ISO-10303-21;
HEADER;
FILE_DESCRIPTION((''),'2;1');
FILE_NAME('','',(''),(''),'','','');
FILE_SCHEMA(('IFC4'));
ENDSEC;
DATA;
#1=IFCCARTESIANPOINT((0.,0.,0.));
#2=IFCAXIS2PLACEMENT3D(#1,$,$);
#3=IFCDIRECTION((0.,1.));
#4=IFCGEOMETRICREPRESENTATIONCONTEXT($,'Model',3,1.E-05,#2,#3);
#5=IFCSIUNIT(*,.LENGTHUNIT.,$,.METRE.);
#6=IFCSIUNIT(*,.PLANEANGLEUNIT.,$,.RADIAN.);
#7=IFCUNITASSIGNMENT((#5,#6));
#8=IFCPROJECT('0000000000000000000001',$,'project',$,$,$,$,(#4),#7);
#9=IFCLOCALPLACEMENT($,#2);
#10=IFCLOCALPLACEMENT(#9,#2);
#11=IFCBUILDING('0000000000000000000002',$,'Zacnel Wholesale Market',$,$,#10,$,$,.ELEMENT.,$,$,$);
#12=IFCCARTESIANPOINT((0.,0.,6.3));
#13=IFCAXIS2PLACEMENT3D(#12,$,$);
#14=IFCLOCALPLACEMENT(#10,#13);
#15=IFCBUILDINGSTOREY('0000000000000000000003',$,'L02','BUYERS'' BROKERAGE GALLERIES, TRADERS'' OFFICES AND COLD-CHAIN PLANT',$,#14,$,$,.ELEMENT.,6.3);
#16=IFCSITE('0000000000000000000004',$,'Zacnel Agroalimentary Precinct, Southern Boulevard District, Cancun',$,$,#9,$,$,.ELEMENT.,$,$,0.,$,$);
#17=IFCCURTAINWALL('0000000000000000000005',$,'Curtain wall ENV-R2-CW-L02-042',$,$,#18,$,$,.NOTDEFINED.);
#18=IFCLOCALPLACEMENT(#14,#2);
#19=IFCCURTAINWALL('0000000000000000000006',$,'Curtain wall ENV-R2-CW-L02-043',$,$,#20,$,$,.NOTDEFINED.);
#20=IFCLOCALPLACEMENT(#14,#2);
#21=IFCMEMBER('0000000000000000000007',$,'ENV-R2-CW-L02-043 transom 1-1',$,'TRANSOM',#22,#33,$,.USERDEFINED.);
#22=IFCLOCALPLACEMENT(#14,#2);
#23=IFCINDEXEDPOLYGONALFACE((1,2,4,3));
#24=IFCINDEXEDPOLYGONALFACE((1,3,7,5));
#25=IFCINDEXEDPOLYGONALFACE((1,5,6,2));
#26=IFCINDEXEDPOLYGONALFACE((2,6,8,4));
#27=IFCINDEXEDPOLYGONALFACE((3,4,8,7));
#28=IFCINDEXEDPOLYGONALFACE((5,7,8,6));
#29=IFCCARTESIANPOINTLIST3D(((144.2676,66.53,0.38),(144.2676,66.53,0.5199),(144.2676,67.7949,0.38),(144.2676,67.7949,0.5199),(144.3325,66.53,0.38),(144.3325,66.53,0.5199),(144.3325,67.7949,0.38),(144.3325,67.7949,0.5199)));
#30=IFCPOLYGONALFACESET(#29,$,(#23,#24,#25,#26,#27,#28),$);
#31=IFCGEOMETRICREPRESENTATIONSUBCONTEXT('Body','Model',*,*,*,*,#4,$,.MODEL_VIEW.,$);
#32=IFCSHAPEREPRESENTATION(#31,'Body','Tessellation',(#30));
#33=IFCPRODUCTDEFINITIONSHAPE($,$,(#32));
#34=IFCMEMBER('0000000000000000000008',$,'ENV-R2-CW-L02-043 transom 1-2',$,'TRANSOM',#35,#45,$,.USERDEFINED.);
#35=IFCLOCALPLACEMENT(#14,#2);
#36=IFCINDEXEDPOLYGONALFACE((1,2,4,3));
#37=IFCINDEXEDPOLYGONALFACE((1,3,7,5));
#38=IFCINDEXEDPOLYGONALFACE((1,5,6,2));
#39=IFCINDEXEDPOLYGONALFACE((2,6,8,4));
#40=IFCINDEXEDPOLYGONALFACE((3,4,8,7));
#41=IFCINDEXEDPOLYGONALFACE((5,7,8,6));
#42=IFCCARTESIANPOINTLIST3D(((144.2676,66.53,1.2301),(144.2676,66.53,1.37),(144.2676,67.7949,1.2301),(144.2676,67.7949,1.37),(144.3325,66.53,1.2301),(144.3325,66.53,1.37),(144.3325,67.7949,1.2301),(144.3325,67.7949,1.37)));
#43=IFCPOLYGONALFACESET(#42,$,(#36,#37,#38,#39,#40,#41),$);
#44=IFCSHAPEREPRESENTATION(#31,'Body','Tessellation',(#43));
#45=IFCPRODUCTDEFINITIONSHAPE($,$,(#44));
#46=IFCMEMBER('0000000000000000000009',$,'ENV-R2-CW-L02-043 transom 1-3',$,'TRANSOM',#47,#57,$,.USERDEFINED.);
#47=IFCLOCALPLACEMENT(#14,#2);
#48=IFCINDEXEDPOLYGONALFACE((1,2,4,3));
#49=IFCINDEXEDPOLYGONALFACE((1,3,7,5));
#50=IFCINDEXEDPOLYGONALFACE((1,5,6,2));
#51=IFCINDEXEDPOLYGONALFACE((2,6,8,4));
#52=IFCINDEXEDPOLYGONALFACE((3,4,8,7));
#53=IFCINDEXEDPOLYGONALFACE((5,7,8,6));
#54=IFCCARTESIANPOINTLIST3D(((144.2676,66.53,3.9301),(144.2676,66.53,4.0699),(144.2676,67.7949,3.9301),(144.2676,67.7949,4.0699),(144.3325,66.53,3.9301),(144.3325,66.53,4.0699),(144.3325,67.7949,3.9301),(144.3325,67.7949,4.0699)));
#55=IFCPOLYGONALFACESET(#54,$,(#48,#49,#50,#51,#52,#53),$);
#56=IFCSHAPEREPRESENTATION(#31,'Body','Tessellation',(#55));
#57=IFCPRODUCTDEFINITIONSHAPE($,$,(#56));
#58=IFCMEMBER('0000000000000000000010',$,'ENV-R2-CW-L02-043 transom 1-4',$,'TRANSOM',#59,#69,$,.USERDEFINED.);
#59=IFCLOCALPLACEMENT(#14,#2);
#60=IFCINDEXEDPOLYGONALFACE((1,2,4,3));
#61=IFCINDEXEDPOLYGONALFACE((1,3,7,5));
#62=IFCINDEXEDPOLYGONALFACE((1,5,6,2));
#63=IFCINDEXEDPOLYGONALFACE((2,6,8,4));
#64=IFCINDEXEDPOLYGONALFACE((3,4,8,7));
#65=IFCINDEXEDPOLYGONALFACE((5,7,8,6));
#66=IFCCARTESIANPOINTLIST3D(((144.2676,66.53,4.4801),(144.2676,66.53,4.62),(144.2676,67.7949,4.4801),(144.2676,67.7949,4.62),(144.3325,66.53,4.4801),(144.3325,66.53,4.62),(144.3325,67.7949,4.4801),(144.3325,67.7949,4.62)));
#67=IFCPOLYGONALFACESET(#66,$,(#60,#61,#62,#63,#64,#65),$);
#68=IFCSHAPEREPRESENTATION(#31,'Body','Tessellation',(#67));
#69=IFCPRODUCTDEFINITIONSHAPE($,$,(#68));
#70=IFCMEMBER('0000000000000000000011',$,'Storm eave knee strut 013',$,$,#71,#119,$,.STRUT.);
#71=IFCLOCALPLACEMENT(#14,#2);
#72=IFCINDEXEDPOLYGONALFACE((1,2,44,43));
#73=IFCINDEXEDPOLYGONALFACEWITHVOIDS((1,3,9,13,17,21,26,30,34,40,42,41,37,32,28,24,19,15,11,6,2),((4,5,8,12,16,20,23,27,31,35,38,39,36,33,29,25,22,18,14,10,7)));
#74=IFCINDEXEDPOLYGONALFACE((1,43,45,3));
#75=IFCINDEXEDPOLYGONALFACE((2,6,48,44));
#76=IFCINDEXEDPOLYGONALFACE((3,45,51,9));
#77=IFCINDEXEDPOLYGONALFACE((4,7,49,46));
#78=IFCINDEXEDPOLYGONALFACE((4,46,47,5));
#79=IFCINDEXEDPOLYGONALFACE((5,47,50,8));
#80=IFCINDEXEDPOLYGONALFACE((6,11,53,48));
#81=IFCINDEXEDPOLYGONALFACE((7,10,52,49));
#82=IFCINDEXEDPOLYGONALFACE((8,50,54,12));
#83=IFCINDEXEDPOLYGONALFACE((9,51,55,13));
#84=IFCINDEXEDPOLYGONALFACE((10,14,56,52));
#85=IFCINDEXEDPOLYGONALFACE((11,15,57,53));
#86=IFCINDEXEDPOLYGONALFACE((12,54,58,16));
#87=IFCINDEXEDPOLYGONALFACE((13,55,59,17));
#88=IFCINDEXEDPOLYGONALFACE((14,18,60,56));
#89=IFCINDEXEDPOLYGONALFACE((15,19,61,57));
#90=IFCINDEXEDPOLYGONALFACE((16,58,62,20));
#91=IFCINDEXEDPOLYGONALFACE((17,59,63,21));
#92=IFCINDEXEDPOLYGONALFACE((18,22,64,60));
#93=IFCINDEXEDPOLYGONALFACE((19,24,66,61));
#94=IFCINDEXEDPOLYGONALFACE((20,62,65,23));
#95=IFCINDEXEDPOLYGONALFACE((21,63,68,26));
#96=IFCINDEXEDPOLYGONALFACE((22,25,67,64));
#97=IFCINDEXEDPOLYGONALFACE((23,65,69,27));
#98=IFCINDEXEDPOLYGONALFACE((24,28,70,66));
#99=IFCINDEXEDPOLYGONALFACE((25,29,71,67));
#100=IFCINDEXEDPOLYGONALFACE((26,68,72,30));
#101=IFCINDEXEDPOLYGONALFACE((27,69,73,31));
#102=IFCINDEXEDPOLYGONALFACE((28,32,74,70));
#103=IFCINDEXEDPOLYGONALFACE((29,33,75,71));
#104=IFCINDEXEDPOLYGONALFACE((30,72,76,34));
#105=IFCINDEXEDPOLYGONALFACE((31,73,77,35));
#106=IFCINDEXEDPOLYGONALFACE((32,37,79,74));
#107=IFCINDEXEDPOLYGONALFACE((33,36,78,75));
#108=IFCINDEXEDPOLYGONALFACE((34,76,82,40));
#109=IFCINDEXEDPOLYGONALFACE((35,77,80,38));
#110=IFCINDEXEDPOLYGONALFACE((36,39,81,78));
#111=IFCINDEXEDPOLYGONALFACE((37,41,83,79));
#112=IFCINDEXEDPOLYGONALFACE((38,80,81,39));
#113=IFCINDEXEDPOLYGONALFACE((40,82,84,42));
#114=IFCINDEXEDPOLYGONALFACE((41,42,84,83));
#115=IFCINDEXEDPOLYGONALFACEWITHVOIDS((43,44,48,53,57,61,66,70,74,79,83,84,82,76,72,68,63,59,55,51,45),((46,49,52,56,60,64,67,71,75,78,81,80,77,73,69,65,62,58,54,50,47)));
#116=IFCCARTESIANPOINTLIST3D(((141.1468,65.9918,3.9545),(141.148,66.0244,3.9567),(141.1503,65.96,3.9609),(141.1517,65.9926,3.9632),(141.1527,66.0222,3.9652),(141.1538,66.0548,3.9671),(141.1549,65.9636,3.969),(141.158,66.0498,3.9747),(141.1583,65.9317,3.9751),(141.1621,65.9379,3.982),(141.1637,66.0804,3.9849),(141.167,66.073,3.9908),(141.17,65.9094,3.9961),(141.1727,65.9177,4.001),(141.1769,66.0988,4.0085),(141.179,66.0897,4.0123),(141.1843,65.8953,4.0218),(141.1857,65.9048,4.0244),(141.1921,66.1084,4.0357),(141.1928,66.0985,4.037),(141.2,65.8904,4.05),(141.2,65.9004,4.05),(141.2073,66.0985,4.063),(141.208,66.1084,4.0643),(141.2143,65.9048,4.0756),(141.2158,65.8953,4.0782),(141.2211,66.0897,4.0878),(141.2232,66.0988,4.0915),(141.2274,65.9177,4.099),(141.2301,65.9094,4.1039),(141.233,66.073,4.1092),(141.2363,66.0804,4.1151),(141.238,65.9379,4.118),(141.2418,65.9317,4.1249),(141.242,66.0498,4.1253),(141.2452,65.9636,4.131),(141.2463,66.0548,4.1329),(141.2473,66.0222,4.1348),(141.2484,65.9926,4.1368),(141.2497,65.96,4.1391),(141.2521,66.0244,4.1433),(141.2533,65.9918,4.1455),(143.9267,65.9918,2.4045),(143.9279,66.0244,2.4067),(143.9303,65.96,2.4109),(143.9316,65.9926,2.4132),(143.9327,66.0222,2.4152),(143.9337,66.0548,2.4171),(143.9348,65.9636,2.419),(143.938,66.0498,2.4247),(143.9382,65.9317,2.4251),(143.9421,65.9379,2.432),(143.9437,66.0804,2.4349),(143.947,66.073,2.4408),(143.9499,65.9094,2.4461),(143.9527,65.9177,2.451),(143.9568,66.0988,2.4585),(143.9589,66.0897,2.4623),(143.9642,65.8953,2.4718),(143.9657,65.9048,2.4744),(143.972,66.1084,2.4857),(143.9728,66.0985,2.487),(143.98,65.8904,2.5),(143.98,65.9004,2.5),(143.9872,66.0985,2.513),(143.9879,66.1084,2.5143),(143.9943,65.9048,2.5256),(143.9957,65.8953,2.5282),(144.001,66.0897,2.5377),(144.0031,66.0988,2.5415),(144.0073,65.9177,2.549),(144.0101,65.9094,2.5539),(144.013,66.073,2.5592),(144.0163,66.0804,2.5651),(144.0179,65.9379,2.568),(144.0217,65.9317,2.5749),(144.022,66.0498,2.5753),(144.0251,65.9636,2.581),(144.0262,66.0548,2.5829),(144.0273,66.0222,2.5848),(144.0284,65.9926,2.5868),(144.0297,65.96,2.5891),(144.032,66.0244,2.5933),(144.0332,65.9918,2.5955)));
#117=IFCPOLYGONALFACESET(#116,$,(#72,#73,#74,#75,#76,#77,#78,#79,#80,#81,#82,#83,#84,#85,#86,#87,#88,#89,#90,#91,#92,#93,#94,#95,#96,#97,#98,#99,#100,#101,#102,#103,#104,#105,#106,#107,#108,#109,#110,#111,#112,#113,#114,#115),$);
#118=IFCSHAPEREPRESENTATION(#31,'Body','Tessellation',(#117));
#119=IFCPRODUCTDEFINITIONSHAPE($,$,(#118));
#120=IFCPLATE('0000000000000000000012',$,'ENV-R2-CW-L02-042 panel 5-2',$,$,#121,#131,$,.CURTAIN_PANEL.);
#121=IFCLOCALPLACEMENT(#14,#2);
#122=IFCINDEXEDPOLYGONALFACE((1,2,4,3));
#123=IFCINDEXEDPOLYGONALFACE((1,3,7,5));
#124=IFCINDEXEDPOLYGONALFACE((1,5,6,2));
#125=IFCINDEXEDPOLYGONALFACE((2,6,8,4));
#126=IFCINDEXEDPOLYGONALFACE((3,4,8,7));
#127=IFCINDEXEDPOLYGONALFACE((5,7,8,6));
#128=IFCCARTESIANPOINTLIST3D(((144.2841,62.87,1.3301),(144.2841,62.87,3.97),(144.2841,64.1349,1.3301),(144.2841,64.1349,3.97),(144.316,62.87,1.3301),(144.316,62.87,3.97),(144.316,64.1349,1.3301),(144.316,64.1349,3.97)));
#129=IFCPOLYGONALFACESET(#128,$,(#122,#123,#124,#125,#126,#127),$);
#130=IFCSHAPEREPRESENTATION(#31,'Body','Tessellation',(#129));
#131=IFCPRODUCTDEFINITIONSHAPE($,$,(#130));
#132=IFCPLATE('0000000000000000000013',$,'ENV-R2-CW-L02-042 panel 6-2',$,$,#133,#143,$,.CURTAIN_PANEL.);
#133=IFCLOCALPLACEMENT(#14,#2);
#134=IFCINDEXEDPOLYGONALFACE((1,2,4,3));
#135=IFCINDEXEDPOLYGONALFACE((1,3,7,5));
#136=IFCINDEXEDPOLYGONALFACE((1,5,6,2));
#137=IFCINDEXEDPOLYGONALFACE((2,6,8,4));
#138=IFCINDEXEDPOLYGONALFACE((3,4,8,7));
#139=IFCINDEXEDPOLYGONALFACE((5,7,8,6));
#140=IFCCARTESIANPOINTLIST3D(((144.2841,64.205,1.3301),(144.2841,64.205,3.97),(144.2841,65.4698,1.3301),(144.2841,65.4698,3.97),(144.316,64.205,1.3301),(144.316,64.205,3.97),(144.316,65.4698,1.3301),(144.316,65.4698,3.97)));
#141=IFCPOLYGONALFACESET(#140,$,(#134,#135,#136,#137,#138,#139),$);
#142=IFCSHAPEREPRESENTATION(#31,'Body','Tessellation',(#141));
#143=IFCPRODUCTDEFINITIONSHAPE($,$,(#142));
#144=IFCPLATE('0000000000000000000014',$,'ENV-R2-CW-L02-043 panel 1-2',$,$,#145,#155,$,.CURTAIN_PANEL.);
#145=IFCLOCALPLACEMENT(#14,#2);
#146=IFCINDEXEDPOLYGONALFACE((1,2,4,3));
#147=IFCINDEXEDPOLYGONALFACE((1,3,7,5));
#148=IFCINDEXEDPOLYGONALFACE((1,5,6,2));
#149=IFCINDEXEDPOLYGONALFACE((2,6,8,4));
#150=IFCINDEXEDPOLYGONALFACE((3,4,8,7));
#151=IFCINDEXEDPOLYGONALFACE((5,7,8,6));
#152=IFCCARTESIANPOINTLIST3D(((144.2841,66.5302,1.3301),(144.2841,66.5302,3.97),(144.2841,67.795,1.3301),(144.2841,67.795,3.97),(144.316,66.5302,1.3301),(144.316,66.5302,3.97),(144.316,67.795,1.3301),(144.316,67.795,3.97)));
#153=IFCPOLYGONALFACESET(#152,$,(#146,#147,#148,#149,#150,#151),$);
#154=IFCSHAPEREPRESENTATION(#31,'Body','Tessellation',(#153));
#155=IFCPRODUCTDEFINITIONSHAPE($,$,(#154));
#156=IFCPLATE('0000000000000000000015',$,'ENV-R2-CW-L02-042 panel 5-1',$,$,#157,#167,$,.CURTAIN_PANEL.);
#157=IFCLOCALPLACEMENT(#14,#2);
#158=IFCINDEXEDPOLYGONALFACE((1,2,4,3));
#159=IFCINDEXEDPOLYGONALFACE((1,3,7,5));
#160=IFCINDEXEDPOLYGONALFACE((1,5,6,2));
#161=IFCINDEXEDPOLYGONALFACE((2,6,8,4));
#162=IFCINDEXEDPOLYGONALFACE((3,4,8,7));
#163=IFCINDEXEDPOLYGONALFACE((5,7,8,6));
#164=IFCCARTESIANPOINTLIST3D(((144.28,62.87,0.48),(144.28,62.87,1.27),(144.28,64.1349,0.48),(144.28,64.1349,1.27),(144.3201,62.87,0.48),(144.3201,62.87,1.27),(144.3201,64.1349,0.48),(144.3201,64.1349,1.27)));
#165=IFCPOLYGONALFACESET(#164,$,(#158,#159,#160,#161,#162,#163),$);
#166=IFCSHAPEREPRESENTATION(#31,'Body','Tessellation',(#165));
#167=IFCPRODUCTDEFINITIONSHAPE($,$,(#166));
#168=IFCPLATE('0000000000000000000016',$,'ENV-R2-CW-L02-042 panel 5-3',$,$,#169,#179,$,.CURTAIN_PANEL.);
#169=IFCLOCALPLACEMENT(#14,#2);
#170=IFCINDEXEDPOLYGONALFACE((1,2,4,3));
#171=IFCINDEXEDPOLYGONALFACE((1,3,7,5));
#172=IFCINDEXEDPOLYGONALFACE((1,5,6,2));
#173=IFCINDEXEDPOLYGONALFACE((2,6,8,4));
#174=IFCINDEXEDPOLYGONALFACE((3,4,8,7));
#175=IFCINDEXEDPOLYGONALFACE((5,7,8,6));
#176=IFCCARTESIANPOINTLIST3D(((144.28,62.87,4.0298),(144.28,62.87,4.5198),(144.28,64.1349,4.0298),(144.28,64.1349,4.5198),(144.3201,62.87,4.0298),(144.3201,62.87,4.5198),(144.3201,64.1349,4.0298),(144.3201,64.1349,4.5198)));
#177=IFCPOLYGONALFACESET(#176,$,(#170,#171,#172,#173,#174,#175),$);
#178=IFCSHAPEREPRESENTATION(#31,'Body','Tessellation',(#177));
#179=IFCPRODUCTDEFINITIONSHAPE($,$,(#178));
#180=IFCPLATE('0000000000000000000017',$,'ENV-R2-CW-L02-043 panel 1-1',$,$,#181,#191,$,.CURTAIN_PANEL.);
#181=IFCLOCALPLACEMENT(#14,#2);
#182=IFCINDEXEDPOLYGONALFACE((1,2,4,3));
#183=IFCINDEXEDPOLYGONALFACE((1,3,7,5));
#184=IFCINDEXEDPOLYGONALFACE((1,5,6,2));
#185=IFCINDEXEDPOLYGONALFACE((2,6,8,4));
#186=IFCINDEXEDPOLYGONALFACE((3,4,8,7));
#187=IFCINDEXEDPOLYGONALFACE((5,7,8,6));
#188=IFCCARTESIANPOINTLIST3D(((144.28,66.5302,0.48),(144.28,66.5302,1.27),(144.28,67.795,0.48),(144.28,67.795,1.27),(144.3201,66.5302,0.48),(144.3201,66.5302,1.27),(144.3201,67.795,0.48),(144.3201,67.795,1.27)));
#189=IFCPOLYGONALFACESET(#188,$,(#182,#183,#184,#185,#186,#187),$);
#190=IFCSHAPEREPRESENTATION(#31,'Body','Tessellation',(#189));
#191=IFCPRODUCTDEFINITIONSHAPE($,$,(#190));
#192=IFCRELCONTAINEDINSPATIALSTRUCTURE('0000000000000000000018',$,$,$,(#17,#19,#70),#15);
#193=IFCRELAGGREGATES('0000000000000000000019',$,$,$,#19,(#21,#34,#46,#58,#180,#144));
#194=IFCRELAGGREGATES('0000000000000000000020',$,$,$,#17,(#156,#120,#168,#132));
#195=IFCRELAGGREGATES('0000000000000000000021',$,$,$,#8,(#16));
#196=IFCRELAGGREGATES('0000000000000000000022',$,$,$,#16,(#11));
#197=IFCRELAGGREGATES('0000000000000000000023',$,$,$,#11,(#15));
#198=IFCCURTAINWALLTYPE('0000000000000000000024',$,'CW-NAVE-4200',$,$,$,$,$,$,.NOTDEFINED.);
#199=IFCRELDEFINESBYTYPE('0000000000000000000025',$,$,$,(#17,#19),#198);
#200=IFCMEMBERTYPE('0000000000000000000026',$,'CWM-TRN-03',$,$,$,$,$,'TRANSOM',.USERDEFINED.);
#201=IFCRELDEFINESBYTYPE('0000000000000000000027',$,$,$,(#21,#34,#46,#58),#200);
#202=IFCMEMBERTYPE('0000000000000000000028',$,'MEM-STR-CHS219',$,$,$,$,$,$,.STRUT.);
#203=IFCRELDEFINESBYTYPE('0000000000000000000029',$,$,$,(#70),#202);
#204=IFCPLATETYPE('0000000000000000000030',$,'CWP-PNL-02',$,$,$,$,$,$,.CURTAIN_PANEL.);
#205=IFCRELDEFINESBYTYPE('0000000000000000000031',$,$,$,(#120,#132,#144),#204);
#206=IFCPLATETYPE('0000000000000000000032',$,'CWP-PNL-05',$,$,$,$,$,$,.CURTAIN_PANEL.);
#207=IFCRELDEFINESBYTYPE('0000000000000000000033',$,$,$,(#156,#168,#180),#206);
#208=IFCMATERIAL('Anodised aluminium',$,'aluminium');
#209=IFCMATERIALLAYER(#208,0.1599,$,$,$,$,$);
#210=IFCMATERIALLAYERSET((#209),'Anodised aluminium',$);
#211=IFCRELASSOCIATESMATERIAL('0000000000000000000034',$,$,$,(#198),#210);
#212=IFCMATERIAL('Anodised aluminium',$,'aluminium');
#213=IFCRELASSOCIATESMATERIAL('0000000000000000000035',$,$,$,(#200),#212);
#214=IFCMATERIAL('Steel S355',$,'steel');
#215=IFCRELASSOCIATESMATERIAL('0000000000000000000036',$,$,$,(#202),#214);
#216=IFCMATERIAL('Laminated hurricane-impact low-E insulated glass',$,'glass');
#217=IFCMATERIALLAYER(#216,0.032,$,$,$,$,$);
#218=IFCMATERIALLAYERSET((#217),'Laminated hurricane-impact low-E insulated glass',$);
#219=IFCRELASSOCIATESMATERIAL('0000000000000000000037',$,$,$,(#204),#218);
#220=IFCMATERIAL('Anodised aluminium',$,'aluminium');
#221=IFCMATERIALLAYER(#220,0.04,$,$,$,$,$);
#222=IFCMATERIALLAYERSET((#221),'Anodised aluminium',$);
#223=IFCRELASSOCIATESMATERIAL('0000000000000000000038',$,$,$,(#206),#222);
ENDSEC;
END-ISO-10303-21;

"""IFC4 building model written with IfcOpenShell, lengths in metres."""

from ifc_helpers import new_model, si_unit, direction, frame, origin, origin_2d, place, context, subcontext, project, spatial, rectangle, hollow_circle, extrude, material, layer, layer_set, material_profile, profile_set, type_object, element, aggregate, save


model = new_model("IFC4")

# Units and contexts
model_context = context("Model", 3, precision=1e-05, world=origin(), true_north=direction((0.0, 1.0)))
body_context = subcontext(model_context, "Body", "Model", "MODEL_VIEW")
ifc_project = project(units=[si_unit("LENGTHUNIT", "METRE"), si_unit("PLANEANGLEUNIT", "RADIAN")], contexts=[model_context])

# Site, building, storey
site_placement = place(None, origin())
site = spatial("IfcSite", under=ifc_project, at=site_placement, Name="Zacnel Agroalimentary Precinct, Southern Boulevard District, Cancun", CompositionType="ELEMENT", RefElevation=0.0)
building_placement = place(site_placement, origin())
building = spatial("IfcBuilding", under=site, at=building_placement, Name="Zacnel Wholesale Market", CompositionType="ELEMENT")
storey_placement = place(building_placement, frame((0.0, 0.0, 6.3)))
storey = spatial("IfcBuildingStorey", under=building, at=storey_placement, Name="L02", Description="BUYERS' BROKERAGE GALLERIES, TRADERS' OFFICES AND COLD-CHAIN PLANT", CompositionType="ELEMENT", Elevation=6.3)

# Curtain walls
ifc_material_1 = material(Name="Anodised aluminium", Category="aluminium")
ifc_layer_1 = layer(ifc_material_1, 0.1599)
ifc_layer_set_1 = layer_set([ifc_layer_1], Name="Anodised aluminium")
curtain_wall_type = type_object("IfcCurtainWallType", Name="CW-NAVE-4200", PredefinedType="NOTDEFINED", material=ifc_layer_set_1)
curtain_wall_1_placement = place(storey_placement, origin())
curtain_wall_1 = element("IfcCurtainWall", 1, at=curtain_wall_1_placement, inside=storey, type_object=curtain_wall_type, Name="Curtain wall ENV-R2-CW-L02-042", PredefinedType="NOTDEFINED")
curtain_wall_2_placement = place(storey_placement, origin())
curtain_wall_2 = element("IfcCurtainWall", 2, at=curtain_wall_2_placement, inside=storey, type_object=curtain_wall_type, Name="Curtain wall ENV-R2-CW-L02-043", PredefinedType="NOTDEFINED")

# Members
ifc_material_2 = material(Name="Anodised aluminium", Category="aluminium")
ifc_material_profile_1 = material_profile(ifc_material_2, rectangle(XDim=0.0649, YDim=0.1399, at=origin_2d()), Name="AW-TRANSOM 65x140")
ifc_profile_set_1 = profile_set([ifc_material_profile_1], Name="Anodised aluminium")
member_type_1 = type_object("IfcMemberType", Name="CWM-TRN-03", ElementType="TRANSOM", PredefinedType="USERDEFINED", material=ifc_profile_set_1)
member_1_placement = place(storey_placement, frame((144.3, 66.53, 0.45), z_axis=(0.0, 1.0, 0.0), x_axis=(-1.0, 0.0, 0.0)))
member_1 = element("IfcMember", 3, at=member_1_placement, type_object=member_type_1, Name="ENV-R2-CW-L02-043 transom 1-1", ObjectType="TRANSOM", PredefinedType="USERDEFINED", context=body_context, shape_type="SweptSolid", body=[
    extrude(rectangle(XDim=0.0649, YDim=0.1399, at=origin_2d()), origin(), (0.0, 0.0, 1.0), 1.2649),
])
member_2_placement = place(storey_placement, frame((144.3, 66.53, 1.3), z_axis=(0.0, 1.0, 0.0), x_axis=(-1.0, 0.0, 0.0)))
member_2 = element("IfcMember", 4, at=member_2_placement, type_object=member_type_1, Name="ENV-R2-CW-L02-043 transom 1-2", ObjectType="TRANSOM", PredefinedType="USERDEFINED", context=body_context, shape_type="SweptSolid", body=[
    extrude(rectangle(XDim=0.0649, YDim=0.1399, at=origin_2d()), origin(), (0.0, 0.0, 1.0), 1.2649),
])
member_3_placement = place(storey_placement, frame((144.3, 66.53, 4.0), z_axis=(0.0, 1.0, 0.0), x_axis=(-1.0, 0.0, 0.0)))
member_3 = element("IfcMember", 5, at=member_3_placement, type_object=member_type_1, Name="ENV-R2-CW-L02-043 transom 1-3", ObjectType="TRANSOM", PredefinedType="USERDEFINED", context=body_context, shape_type="SweptSolid", body=[
    extrude(rectangle(XDim=0.0649, YDim=0.1399, at=origin_2d()), origin(), (0.0, 0.0, 1.0), 1.2649),
])
member_4_placement = place(storey_placement, frame((144.3, 66.53, 4.55), z_axis=(0.0, 1.0, 0.0), x_axis=(-1.0, 0.0, 0.0)))
member_4 = element("IfcMember", 6, at=member_4_placement, type_object=member_type_1, Name="ENV-R2-CW-L02-043 transom 1-4", ObjectType="TRANSOM", PredefinedType="USERDEFINED", context=body_context, shape_type="SweptSolid", body=[
    extrude(rectangle(XDim=0.0649, YDim=0.1399, at=origin_2d()), origin(), (0.0, 0.0, 1.0), 1.2649),
])
ifc_material_3 = material(Name="Steel S355", Category="steel")
ifc_material_profile_2 = material_profile(ifc_material_3, hollow_circle(Radius=0.1096, WallThickness=0.01, at=origin_2d()), Name="CHS 219.1x10")
ifc_profile_set_2 = profile_set([ifc_material_profile_2], Name="Steel S355")
member_type_2 = type_object("IfcMemberType", Name="MEM-STR-CHS219", PredefinedType="STRUT", material=ifc_profile_set_2)
member_5_placement = place(storey_placement, frame((143.98, 66.0, 2.5), z_axis=(-0.873411, 0.0, 0.486984), x_axis=(0.0, -1.0, 0.0)))
element("IfcMember", 7, at=member_5_placement, inside=storey, type_object=member_type_2, Name="Storm eave knee strut 013", PredefinedType="STRUT", context=body_context, shape_type="SweptSolid", body=[
    extrude(hollow_circle(Radius=0.1096, WallThickness=0.01, at=origin_2d()), origin(), (0.0, 0.0, 1.0), 3.1829),
])

# Plates
ifc_material_4 = material(Name="Laminated hurricane-impact low-E insulated glass", Category="glass")
ifc_layer_2 = layer(ifc_material_4, 0.032)
ifc_layer_set_2 = layer_set([ifc_layer_2], Name="Laminated hurricane-impact low-E insulated glass")
plate_type_1 = type_object("IfcPlateType", Name="CWP-PNL-02", PredefinedType="CURTAIN_PANEL", material=ifc_layer_set_2)
plate_1_placement = place(storey_placement, frame((144.3, 63.5024, 1.3301), z_axis=(0.0, 0.0, 1.0), x_axis=(0.0, 1.0, 0.0)))
plate_1 = element("IfcPlate", 8, at=plate_1_placement, type_object=plate_type_1, Name="ENV-R2-CW-L02-042 panel 5-2", PredefinedType="CURTAIN_PANEL", context=body_context, shape_type="SweptSolid", body=[
    extrude(rectangle(XDim=1.2649, YDim=0.032, at=origin_2d()), origin(), (0.0, 0.0, 1.0), 2.6399),
])
plate_2_placement = place(storey_placement, frame((144.3, 64.8374, 1.3301), z_axis=(0.0, 0.0, 1.0), x_axis=(0.0, 1.0, 0.0)))
plate_2 = element("IfcPlate", 9, at=plate_2_placement, type_object=plate_type_1, Name="ENV-R2-CW-L02-042 panel 6-2", PredefinedType="CURTAIN_PANEL", context=body_context, shape_type="SweptSolid", body=[
    extrude(rectangle(XDim=1.2649, YDim=0.032, at=origin_2d()), origin(), (0.0, 0.0, 1.0), 2.6399),
])
plate_3_placement = place(storey_placement, frame((144.3, 67.1626, 1.3301), z_axis=(0.0, 0.0, 1.0), x_axis=(0.0, 1.0, 0.0)))
plate_3 = element("IfcPlate", 10, at=plate_3_placement, type_object=plate_type_1, Name="ENV-R2-CW-L02-043 panel 1-2", PredefinedType="CURTAIN_PANEL", context=body_context, shape_type="SweptSolid", body=[
    extrude(rectangle(XDim=1.2649, YDim=0.032, at=origin_2d()), origin(), (0.0, 0.0, 1.0), 2.6399),
])
ifc_material_5 = material(Name="Anodised aluminium", Category="aluminium")
ifc_layer_3 = layer(ifc_material_5, 0.04)
ifc_layer_set_3 = layer_set([ifc_layer_3], Name="Anodised aluminium")
plate_type_2 = type_object("IfcPlateType", Name="CWP-PNL-05", PredefinedType="CURTAIN_PANEL", material=ifc_layer_set_3)
plate_4_placement = place(storey_placement, frame((144.3, 63.5024, 0.48), z_axis=(0.0, 0.0, 1.0), x_axis=(0.0, 1.0, 0.0)))
plate_4 = element("IfcPlate", 11, at=plate_4_placement, type_object=plate_type_2, Name="ENV-R2-CW-L02-042 panel 5-1", PredefinedType="CURTAIN_PANEL", context=body_context, shape_type="SweptSolid", body=[
    extrude(rectangle(XDim=1.2649, YDim=0.04, at=origin_2d()), origin(), (0.0, 0.0, 1.0), 0.79),
])
plate_5_placement = place(storey_placement, frame((144.3, 63.5024, 4.0298), z_axis=(0.0, 0.0, 1.0), x_axis=(0.0, 1.0, 0.0)))
plate_5 = element("IfcPlate", 12, at=plate_5_placement, type_object=plate_type_2, Name="ENV-R2-CW-L02-042 panel 5-3", PredefinedType="CURTAIN_PANEL", context=body_context, shape_type="SweptSolid", body=[
    extrude(rectangle(XDim=1.2649, YDim=0.04, at=origin_2d()), origin(), (0.0, 0.0, 1.0), 0.49),
])
plate_6_placement = place(storey_placement, frame((144.3, 67.1626, 0.48), z_axis=(0.0, 0.0, 1.0), x_axis=(0.0, 1.0, 0.0)))
plate_6 = element("IfcPlate", 13, at=plate_6_placement, type_object=plate_type_2, Name="ENV-R2-CW-L02-043 panel 1-1", PredefinedType="CURTAIN_PANEL", context=body_context, shape_type="SweptSolid", body=[
    extrude(rectangle(XDim=1.2649, YDim=0.04, at=origin_2d()), origin(), (0.0, 0.0, 1.0), 0.79),
])
aggregate(curtain_wall_2, [member_1, member_2, member_3, member_4, plate_6, plate_3])
aggregate(curtain_wall_1, [plate_4, plate_1, plate_5, plate_2])

save(model, "model.ifc")
